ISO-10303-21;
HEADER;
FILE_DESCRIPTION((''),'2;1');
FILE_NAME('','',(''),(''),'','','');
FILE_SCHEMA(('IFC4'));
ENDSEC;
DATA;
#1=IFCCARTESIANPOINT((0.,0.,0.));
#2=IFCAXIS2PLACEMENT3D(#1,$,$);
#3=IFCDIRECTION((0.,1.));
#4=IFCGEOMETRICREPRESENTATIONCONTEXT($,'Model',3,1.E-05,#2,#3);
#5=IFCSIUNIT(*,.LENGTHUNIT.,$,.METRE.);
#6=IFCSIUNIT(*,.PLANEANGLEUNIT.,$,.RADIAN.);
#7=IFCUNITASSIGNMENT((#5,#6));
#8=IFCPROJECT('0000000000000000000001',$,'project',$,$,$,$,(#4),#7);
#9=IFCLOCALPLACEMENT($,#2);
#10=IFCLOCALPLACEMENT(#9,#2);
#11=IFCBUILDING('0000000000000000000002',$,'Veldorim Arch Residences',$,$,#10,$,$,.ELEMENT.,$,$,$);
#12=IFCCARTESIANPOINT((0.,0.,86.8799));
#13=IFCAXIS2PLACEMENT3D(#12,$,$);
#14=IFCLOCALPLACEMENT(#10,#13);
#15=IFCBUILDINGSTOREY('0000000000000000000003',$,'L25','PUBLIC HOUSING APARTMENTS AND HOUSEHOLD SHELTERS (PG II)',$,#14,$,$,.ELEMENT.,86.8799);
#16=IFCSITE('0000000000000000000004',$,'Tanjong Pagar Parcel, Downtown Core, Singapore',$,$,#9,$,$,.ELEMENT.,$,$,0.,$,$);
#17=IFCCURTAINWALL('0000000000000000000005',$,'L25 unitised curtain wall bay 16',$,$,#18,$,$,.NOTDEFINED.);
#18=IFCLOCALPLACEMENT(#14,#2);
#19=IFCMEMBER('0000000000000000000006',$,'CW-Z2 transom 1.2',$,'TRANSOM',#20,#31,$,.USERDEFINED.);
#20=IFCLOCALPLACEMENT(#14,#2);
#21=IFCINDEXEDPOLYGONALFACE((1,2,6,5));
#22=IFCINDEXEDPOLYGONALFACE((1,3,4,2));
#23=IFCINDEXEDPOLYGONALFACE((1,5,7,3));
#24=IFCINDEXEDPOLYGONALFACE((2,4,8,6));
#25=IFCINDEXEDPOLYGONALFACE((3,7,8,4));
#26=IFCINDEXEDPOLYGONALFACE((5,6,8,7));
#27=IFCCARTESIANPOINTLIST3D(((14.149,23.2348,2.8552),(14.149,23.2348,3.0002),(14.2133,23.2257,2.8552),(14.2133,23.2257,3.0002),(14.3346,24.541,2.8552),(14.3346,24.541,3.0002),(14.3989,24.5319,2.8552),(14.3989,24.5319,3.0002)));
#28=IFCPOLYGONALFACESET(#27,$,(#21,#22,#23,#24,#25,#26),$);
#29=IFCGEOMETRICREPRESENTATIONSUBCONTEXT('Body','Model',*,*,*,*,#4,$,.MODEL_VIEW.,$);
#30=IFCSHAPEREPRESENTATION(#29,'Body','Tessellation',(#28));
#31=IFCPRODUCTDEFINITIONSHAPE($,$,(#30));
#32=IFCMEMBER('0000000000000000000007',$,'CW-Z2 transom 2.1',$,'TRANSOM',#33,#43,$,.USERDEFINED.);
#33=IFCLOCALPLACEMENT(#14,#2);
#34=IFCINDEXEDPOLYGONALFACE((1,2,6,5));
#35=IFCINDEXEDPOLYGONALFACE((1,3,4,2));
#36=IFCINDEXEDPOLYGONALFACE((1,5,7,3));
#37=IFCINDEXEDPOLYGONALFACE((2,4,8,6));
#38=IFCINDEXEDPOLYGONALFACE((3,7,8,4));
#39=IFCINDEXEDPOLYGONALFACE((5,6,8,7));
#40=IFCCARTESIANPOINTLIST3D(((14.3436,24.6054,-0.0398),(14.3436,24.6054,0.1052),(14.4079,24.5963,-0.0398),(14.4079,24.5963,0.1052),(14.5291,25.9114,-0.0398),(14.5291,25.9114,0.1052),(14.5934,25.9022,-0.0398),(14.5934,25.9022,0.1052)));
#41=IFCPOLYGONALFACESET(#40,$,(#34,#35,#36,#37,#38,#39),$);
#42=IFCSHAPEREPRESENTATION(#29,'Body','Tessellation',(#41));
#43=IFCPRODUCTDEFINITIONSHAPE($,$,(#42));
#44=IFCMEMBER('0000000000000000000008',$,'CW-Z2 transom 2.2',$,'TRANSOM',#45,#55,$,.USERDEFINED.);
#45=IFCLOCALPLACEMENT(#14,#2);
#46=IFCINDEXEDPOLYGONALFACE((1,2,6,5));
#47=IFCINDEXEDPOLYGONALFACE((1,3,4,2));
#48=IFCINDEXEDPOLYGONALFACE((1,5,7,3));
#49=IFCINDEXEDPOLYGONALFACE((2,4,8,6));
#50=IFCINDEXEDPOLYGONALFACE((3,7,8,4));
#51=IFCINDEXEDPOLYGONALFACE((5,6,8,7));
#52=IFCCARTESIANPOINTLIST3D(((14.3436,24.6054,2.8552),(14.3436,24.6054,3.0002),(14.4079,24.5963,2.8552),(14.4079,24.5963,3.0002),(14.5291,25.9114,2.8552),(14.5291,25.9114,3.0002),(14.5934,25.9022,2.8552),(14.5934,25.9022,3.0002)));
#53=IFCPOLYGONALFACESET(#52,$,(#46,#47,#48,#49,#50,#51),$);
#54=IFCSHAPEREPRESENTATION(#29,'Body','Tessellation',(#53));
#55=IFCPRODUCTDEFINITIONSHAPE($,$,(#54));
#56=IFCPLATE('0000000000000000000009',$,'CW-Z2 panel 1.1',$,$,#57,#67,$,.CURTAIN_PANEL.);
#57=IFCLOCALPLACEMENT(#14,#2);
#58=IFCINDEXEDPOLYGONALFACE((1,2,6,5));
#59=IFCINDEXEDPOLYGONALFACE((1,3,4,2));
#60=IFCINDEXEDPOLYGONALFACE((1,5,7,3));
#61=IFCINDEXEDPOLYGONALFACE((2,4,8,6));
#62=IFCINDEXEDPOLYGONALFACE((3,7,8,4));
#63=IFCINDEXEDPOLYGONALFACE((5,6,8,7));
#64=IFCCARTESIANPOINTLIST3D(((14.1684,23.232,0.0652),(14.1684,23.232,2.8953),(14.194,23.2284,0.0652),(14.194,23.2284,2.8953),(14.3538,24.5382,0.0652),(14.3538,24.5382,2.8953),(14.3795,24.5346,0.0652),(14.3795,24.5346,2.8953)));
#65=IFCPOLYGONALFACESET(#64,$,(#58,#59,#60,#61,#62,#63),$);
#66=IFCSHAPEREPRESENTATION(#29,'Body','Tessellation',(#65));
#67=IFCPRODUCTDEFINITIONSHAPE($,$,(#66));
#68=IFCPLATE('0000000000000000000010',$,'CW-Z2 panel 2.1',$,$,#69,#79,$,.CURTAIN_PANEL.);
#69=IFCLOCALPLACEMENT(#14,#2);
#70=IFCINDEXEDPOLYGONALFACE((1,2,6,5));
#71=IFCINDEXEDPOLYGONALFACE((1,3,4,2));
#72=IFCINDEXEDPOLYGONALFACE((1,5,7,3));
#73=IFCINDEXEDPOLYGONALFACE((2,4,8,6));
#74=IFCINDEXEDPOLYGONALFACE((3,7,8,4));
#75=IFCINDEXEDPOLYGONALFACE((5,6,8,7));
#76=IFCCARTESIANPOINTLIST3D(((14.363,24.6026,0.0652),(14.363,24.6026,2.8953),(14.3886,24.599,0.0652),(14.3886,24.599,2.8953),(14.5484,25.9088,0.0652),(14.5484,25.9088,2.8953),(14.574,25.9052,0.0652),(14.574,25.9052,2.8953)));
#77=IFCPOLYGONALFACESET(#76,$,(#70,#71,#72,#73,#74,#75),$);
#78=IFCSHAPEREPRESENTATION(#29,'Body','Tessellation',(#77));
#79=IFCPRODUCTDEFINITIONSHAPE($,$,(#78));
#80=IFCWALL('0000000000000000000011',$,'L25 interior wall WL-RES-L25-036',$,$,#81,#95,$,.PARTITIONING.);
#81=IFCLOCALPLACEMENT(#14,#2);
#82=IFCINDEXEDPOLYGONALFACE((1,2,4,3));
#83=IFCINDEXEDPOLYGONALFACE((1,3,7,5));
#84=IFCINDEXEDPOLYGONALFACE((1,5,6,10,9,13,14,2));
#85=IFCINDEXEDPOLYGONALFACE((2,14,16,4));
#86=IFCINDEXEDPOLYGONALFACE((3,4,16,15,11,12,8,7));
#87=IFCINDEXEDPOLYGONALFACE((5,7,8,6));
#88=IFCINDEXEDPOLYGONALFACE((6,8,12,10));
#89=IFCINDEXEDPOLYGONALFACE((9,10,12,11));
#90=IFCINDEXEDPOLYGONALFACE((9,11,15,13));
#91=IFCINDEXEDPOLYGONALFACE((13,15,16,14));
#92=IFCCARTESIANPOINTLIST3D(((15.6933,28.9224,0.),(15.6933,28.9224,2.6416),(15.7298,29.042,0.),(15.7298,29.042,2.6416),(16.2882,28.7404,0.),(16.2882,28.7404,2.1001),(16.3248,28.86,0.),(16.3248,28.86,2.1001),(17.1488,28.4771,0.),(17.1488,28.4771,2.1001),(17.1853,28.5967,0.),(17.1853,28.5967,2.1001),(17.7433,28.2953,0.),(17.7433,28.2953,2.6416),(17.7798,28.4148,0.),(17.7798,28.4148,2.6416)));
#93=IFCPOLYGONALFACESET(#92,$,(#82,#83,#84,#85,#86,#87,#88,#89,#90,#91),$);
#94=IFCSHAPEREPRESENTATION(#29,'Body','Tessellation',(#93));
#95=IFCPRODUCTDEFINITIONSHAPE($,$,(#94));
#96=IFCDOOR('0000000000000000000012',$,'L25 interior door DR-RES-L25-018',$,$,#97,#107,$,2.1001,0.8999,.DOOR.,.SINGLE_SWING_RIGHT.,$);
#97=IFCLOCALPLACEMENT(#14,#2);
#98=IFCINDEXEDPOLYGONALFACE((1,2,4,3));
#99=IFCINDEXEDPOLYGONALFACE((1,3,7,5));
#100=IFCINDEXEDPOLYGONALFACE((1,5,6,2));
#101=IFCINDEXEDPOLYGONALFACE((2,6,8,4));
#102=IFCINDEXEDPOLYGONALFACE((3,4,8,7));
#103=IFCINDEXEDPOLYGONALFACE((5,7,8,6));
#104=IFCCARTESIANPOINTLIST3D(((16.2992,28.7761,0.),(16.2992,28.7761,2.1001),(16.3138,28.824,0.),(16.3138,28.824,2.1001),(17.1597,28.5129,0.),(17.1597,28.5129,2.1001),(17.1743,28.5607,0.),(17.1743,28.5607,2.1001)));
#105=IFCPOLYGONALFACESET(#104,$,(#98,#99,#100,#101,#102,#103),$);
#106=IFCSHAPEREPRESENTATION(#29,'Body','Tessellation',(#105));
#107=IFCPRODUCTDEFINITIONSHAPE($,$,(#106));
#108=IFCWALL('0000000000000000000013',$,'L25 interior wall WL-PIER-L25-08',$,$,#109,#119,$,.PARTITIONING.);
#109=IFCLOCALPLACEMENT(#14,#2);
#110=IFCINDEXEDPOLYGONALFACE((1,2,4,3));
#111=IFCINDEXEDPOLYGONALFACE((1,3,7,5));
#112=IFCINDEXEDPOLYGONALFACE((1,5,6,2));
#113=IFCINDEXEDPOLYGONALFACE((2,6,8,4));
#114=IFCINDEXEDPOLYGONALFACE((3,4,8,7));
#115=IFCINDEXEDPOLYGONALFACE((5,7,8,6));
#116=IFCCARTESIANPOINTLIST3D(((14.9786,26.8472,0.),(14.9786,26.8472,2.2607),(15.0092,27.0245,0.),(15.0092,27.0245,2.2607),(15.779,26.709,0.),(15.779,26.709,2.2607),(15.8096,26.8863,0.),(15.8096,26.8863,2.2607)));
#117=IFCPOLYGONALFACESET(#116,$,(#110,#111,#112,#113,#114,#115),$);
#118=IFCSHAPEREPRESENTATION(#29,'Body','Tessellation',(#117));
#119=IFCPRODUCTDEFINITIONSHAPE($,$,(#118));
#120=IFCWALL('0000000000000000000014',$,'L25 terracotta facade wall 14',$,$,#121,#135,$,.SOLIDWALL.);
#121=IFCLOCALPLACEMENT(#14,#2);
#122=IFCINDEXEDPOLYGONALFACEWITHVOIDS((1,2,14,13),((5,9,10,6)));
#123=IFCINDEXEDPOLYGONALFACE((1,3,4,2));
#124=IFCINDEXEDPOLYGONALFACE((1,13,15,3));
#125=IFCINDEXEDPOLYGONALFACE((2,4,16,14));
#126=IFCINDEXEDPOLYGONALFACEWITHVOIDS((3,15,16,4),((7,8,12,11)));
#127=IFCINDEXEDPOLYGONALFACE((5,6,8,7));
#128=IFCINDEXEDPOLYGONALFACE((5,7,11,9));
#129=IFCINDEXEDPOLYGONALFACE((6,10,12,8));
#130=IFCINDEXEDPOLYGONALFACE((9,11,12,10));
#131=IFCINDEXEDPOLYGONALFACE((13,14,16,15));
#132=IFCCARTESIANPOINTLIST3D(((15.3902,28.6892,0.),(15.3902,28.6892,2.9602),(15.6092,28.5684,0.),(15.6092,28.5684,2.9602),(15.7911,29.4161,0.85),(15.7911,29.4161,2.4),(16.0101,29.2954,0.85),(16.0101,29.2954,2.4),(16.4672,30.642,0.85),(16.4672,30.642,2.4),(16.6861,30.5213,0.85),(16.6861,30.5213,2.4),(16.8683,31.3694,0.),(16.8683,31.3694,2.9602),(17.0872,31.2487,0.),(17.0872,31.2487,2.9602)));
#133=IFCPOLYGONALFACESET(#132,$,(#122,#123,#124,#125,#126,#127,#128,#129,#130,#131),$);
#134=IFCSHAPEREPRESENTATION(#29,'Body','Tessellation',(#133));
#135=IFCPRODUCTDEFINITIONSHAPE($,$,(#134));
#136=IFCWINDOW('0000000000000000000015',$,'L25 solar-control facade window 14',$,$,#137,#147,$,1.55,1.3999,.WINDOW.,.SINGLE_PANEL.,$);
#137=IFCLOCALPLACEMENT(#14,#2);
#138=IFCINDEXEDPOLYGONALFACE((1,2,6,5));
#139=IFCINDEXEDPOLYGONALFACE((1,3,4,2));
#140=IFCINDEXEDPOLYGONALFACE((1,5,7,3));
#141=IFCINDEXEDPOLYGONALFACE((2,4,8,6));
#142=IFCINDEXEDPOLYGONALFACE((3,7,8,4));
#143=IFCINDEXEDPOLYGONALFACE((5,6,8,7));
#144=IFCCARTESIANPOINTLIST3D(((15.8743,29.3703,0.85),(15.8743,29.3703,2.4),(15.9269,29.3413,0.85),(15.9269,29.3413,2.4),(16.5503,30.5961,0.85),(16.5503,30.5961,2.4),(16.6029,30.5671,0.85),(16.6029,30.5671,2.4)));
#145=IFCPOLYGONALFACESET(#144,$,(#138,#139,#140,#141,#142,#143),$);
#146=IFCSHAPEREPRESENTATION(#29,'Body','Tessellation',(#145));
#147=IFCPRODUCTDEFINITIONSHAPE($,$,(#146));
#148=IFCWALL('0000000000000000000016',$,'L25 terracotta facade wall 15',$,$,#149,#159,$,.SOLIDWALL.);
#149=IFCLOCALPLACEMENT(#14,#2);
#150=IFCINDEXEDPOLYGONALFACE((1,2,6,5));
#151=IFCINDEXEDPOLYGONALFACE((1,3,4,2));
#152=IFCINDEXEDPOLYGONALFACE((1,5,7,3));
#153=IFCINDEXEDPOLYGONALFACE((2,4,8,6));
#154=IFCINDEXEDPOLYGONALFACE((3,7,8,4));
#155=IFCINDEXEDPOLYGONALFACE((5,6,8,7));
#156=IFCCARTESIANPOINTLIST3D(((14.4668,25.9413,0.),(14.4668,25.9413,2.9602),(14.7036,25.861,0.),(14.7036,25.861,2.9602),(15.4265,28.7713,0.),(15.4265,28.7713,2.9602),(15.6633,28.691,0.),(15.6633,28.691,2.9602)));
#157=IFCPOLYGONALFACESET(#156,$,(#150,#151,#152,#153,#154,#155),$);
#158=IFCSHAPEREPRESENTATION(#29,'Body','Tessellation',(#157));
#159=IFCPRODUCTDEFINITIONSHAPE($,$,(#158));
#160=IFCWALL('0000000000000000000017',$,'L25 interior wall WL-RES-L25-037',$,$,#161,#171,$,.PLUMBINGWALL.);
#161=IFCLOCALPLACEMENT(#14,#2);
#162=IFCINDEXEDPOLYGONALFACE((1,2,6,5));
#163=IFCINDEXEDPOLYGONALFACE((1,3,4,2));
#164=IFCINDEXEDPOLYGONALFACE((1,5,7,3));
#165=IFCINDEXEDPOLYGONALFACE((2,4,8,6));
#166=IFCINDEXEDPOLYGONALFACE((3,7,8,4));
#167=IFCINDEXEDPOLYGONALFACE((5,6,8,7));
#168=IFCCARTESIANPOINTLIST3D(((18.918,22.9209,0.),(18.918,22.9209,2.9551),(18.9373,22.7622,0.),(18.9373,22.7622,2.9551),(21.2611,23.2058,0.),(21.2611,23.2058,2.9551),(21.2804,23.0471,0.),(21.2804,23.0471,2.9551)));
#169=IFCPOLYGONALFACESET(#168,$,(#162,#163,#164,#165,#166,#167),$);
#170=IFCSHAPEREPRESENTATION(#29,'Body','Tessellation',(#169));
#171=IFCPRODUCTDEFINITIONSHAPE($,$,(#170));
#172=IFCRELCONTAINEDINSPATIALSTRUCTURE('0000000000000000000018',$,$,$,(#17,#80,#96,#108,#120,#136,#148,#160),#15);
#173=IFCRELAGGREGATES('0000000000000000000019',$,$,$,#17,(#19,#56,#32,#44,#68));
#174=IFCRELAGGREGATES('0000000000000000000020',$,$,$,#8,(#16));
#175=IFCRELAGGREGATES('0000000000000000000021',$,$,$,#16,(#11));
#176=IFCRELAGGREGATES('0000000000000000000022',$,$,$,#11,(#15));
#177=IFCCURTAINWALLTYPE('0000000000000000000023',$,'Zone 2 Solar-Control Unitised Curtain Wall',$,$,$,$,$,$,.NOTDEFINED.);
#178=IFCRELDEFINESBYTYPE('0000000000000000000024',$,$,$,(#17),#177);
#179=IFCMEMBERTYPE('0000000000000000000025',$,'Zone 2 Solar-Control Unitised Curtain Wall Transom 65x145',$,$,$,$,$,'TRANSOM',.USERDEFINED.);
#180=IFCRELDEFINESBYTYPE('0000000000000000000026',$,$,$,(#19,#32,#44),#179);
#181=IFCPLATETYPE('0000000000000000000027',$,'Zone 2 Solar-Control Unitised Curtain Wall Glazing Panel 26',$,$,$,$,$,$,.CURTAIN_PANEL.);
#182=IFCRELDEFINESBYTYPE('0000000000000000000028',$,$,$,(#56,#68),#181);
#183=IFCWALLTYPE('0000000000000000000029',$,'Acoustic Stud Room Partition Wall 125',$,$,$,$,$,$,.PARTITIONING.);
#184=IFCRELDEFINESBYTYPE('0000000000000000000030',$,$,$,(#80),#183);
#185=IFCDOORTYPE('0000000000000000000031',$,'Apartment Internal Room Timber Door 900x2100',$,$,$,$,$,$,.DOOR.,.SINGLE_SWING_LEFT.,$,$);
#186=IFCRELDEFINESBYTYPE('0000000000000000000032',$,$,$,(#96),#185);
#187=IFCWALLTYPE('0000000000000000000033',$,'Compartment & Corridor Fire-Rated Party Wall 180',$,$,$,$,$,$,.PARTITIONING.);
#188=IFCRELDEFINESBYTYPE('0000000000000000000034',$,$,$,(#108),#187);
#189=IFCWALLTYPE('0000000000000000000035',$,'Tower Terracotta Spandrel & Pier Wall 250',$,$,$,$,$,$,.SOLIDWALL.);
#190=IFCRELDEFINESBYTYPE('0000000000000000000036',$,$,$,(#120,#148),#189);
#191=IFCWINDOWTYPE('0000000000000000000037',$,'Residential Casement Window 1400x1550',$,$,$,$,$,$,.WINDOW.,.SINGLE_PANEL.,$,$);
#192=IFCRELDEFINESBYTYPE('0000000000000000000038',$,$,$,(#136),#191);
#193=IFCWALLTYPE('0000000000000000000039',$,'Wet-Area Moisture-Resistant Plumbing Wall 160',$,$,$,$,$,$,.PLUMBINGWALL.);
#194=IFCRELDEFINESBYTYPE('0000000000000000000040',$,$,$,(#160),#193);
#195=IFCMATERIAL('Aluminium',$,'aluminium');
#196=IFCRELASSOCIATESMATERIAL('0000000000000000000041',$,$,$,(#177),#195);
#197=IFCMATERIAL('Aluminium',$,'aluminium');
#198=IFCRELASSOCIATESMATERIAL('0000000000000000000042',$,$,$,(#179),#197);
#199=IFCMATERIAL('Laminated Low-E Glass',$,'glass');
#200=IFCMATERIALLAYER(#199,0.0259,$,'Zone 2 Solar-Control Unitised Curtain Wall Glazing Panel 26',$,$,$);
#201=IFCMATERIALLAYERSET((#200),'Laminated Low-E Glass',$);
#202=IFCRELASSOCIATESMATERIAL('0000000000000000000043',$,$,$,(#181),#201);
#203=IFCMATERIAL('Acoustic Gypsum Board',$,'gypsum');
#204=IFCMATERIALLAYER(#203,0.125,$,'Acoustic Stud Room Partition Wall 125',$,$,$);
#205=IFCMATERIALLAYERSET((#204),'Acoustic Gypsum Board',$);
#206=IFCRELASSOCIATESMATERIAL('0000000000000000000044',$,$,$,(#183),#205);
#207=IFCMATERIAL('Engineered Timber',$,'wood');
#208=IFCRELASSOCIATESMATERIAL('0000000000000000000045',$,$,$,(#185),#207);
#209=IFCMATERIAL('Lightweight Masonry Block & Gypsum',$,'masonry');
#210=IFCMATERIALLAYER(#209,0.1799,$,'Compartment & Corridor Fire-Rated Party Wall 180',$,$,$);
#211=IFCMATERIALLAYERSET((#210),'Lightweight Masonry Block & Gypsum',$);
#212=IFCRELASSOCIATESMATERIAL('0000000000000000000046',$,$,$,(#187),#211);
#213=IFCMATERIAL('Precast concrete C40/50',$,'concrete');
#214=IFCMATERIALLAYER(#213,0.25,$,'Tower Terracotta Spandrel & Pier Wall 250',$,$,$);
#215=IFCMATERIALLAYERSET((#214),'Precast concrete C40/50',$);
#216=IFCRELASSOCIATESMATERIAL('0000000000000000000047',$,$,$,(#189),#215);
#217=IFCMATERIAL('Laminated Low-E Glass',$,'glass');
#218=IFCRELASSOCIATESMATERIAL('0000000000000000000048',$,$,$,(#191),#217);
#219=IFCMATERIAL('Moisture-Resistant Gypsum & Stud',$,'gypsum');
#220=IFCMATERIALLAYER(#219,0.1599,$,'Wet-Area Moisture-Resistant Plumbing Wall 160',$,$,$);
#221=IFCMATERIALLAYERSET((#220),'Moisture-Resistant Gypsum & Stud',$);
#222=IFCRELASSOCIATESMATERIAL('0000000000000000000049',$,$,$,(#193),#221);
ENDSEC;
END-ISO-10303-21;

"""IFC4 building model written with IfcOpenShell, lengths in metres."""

from ifc_helpers import new_model, si_unit, direction, frame, frame_2d, origin, origin_2d, place, context, subcontext, project, spatial, rectangle, extrude, material, layer, layer_set, material_profile, profile_set, type_object, element, fill, aggregate, save


model = new_model("IFC4")

# Units and contexts
model_context = context("Model", 3, precision=1e-05, world=origin(), true_north=direction((0.0, 1.0)))
body_context = subcontext(model_context, "Body", "Model", "MODEL_VIEW")
ifc_project = project(units=[si_unit("LENGTHUNIT", "METRE"), si_unit("PLANEANGLEUNIT", "RADIAN")], contexts=[model_context])

# Site, building, storey
site_placement = place(None, origin())
site = spatial("IfcSite", under=ifc_project, at=site_placement, Name="Tanjong Pagar Parcel, Downtown Core, Singapore", CompositionType="ELEMENT", RefElevation=0.0)
building_placement = place(site_placement, origin())
building = spatial("IfcBuilding", under=site, at=building_placement, Name="Veldorim Arch Residences", CompositionType="ELEMENT")
storey_placement = place(building_placement, frame((0.0, 0.0, 86.8799)))
storey = spatial("IfcBuildingStorey", under=building, at=storey_placement, Name="L25", Description="PUBLIC HOUSING APARTMENTS AND HOUSEHOLD SHELTERS (PG II)", CompositionType="ELEMENT", Elevation=86.8799)

# Curtain wall, members, plates
ifc_material_1 = material(Name="Aluminium", Category="aluminium")
curtain_wall_type = type_object("IfcCurtainWallType", Name="Zone 2 Solar-Control Unitised Curtain Wall", PredefinedType="NOTDEFINED", material=ifc_material_1)
curtain_wall_placement = place(storey_placement, origin())
curtain_wall = element("IfcCurtainWall", 1, at=curtain_wall_placement, inside=storey, type_object=curtain_wall_type, Name="L25 unitised curtain wall bay 16", PredefinedType="NOTDEFINED")
ifc_material_2 = material(Name="Aluminium", Category="aluminium")
ifc_material_profile_1 = material_profile(ifc_material_2, rectangle(XDim=0.0649, YDim=0.145, at=origin_2d()), Name="ALU_TRN_65x145")
ifc_profile_set_1 = profile_set([ifc_material_profile_1], Name="Aluminium")
member_type_1 = type_object("IfcMemberType", Name="Zone 2 Solar-Control Unitised Curtain Wall Transom 65x145", ElementType="TRANSOM", PredefinedType="USERDEFINED", material=ifc_profile_set_1)
member_1_placement = place(storey_placement, frame((14.1812, 23.2302, 2.9277), z_axis=(0.140644, 0.99006, 0.0), x_axis=(-0.99006, 0.140644, 0.0)))
member_1 = element("IfcMember", 2, at=member_1_placement, type_object=member_type_1, Name="CW-Z2 transom 1.2", ObjectType="TRANSOM", PredefinedType="USERDEFINED", context=body_context, shape_type="SweptSolid", body=[
    extrude(rectangle(XDim=0.0649, YDim=0.145, at=origin_2d()), origin(), (0.0, 0.0, 1.0), 1.3193),
])
member_2_placement = place(storey_placement, frame((14.3757, 24.6008, 0.0327), z_axis=(0.14067, 0.990057, 0.0), x_axis=(-0.990057, 0.14067, 0.0)))
member_2 = element("IfcMember", 3, at=member_2_placement, type_object=member_type_1, Name="CW-Z2 transom 2.1", ObjectType="TRANSOM", PredefinedType="USERDEFINED", context=body_context, shape_type="SweptSolid", body=[
    extrude(rectangle(XDim=0.0649, YDim=0.145, at=origin_2d()), origin(), (0.0, 0.0, 1.0), 1.3191),
])
member_3_placement = place(storey_placement, frame((14.3757, 24.6008, 2.9277), z_axis=(0.14067, 0.990057, 0.0), x_axis=(-0.990057, 0.14067, 0.0)))
member_3 = element("IfcMember", 4, at=member_3_placement, type_object=member_type_1, Name="CW-Z2 transom 2.2", ObjectType="TRANSOM", PredefinedType="USERDEFINED", context=body_context, shape_type="SweptSolid", body=[
    extrude(rectangle(XDim=0.0649, YDim=0.145, at=origin_2d()), origin(), (0.0, 0.0, 1.0), 1.3191),
])
ifc_material_3 = material(Name="Laminated Low-E Glass", Category="glass")
ifc_layer_1 = layer(ifc_material_3, 0.0259, Name="Zone 2 Solar-Control Unitised Curtain Wall Glazing Panel 26")
ifc_layer_set_1 = layer_set([ifc_layer_1], Name="Laminated Low-E Glass")
plate_type = type_object("IfcPlateType", Name="Zone 2 Solar-Control Unitised Curtain Wall Glazing Panel 26", PredefinedType="CURTAIN_PANEL", material=ifc_layer_set_1)
plate_1_placement = place(storey_placement, frame((14.2739, 23.8833, 0.0652), z_axis=(0.0, 0.0, 1.0), x_axis=(0.140571, 0.990071, 0.0)))
plate_1 = element("IfcPlate", 5, at=plate_1_placement, type_object=plate_type, Name="CW-Z2 panel 1.1", PredefinedType="CURTAIN_PANEL", context=body_context, shape_type="SweptSolid", body=[
    extrude(rectangle(XDim=1.3193, YDim=0.0259, at=origin_2d()), origin(), (0.0, 0.0, 1.0), 2.8301),
])
plate_2_placement = place(storey_placement, frame((14.4685, 25.2539, 0.0652), z_axis=(0.0, 0.0, 1.0), x_axis=(0.140571, 0.990071, 0.0)))
plate_2 = element("IfcPlate", 6, at=plate_2_placement, type_object=plate_type, Name="CW-Z2 panel 2.1", PredefinedType="CURTAIN_PANEL", context=body_context, shape_type="SweptSolid", body=[
    extrude(rectangle(XDim=1.3193, YDim=0.0259, at=origin_2d()), origin(), (0.0, 0.0, 1.0), 2.8301),
])
aggregate(curtain_wall, [member_1, plate_1, member_2, member_3, plate_2])

# Wall, opening, door
ifc_material_4 = material(Name="Acoustic Gypsum Board", Category="gypsum")
ifc_layer_2 = layer(ifc_material_4, 0.125, Name="Acoustic Stud Room Partition Wall 125")
ifc_layer_set_2 = layer_set([ifc_layer_2], Name="Acoustic Gypsum Board")
wall_type_1 = type_object("IfcWallType", Name="Acoustic Stud Room Partition Wall 125", PredefinedType="PARTITIONING", material=ifc_layer_set_2)
wall_1_placement = place(storey_placement, frame((15.7117, 28.9822, 0.0), z_axis=(0.0, 0.0, 1.0), x_axis=(0.956248, -0.292557, 0.0)))
wall_1 = element("IfcWall", 7, at=wall_1_placement, inside=storey, type_object=wall_type_1, Name="L25 interior wall WL-RES-L25-036", PredefinedType="PARTITIONING", context=body_context, shape_type="SweptSolid", body=[
    extrude(rectangle(XDim=2.1438, YDim=0.125, at=frame_2d((1.0718, 0.0))), origin(), (0.0, 0.0, 1.0), 2.6416),
])
opening_1_placement = place(wall_1_placement, frame((0.6221, 0.0, 0.0)))
opening_1 = element("IfcOpeningElement", 8, at=opening_1_placement, cuts=wall_1, PredefinedType="OPENING", context=body_context, shape_type="SweptSolid", body=[
    extrude(rectangle(XDim=0.8999, YDim=2.1001, at=frame_2d((0.45, 1.05))), frame((0.0, 0.0725, 0.0), z_axis=(0.0, -1.0, 0.0), x_axis=(1.0, 0.0, 0.0)), (0.0, 0.0, 1.0), 0.145),
])
ifc_material_5 = material(Name="Engineered Timber", Category="wood")
door_type_1 = type_object("IfcDoorType", Name="Apartment Internal Room Timber Door 900x2100", OperationType="SINGLE_SWING_LEFT", PredefinedType="DOOR", material=ifc_material_5)
door_1_placement = place(opening_1_placement, origin())
door_1 = element("IfcDoor", 9, at=door_1_placement, inside=storey, type_object=door_type_1, Name="L25 interior door DR-RES-L25-018", OperationType="SINGLE_SWING_RIGHT", OverallHeight=2.1001, OverallWidth=0.8999, PredefinedType="DOOR", context=body_context, shape_type="SweptSolid", body=[
    extrude(rectangle(XDim=0.8999, YDim=2.1001, at=frame_2d((0.45, 1.05))), frame((0.0, 0.0249, 0.0), z_axis=(0.0, -1.0, 0.0), x_axis=(1.0, 0.0, 0.0)), (0.0, 0.0, 1.0), 0.05),
])
fill(opening_1, door_1)

# Wall
ifc_material_6 = material(Name="Lightweight Masonry Block & Gypsum", Category="masonry")
ifc_layer_3 = layer(ifc_material_6, 0.1799, Name="Compartment & Corridor Fire-Rated Party Wall 180")
ifc_layer_set_3 = layer_set([ifc_layer_3], Name="Lightweight Masonry Block & Gypsum")
wall_type_2 = type_object("IfcWallType", Name="Compartment & Corridor Fire-Rated Party Wall 180", PredefinedType="PARTITIONING", material=ifc_layer_set_3)
wall_2_placement = place(storey_placement, frame((15.7944, 26.7976, 0.0), z_axis=(0.0, 0.0, 1.0), x_axis=(-0.985418, 0.170149, 0.0)))
element("IfcWall", 10, at=wall_2_placement, inside=storey, type_object=wall_type_2, Name="L25 interior wall WL-PIER-L25-08", PredefinedType="PARTITIONING", context=body_context, shape_type="SweptSolid", body=[
    extrude(rectangle(XDim=0.8123, YDim=0.1799, at=frame_2d((0.4062, 0.0))), origin(), (0.0, 0.0, 1.0), 2.2607),
])

# Wall, opening, window
ifc_material_7 = material(Name="Precast concrete C40/50", Category="concrete")
ifc_layer_4 = layer(ifc_material_7, 0.25, Name="Tower Terracotta Spandrel & Pier Wall 250")
ifc_layer_set_4 = layer_set([ifc_layer_4], Name="Precast concrete C40/50")
wall_type_3 = type_object("IfcWallType", Name="Tower Terracotta Spandrel & Pier Wall 250", PredefinedType="SOLIDWALL", material=ifc_layer_set_4)
wall_3_placement = place(storey_placement, frame((15.4998, 28.6289, 0.0), z_axis=(0.0, 0.0, 1.0), x_axis=(0.482904, 0.875673, 0.0)))
wall_3 = element("IfcWall", 11, at=wall_3_placement, inside=storey, type_object=wall_type_3, Name="L25 terracotta facade wall 14", PredefinedType="SOLIDWALL", context=body_context, shape_type="SweptSolid", body=[
    extrude(rectangle(XDim=3.0608, YDim=0.25, at=frame_2d((1.5303, 0.0))), origin(), (0.0, 0.0, 1.0), 2.9602),
])
opening_2_placement = place(wall_3_placement, frame((0.8301, 0.0, 0.8501)))
opening_2 = element("IfcOpeningElement", 12, at=opening_2_placement, cuts=wall_3, PredefinedType="OPENING", context=body_context, shape_type="SweptSolid", body=[
    extrude(rectangle(XDim=1.3999, YDim=1.55, at=frame_2d((0.7, 0.7749))), frame((0.0, 0.135, 0.0), z_axis=(0.0, -1.0, 0.0), x_axis=(1.0, 0.0, 0.0)), (0.0, 0.0, 1.0), 0.27),
])
ifc_material_8 = material(Name="Laminated Low-E Glass", Category="glass")
window_type = type_object("IfcWindowType", Name="Residential Casement Window 1400x1550", PartitioningType="SINGLE_PANEL", PredefinedType="WINDOW", material=ifc_material_8)
window_placement = place(opening_2_placement, origin())
window = element("IfcWindow", 13, at=window_placement, inside=storey, type_object=window_type, Name="L25 solar-control facade window 14", OverallHeight=1.55, OverallWidth=1.3999, PartitioningType="SINGLE_PANEL", PredefinedType="WINDOW", context=body_context, shape_type="SweptSolid", body=[
    extrude(rectangle(XDim=1.3999, YDim=1.55, at=frame_2d((0.7, 0.7749))), frame((0.0, 0.03, 0.0), z_axis=(0.0, -1.0, 0.0), x_axis=(1.0, 0.0, 0.0)), (0.0, 0.0, 1.0), 0.0601),
])
fill(opening_2, window)

# Walls
wall_4_placement = place(storey_placement, frame((14.5852, 25.9011, 0.0), z_axis=(0.0, 0.0, 1.0), x_axis=(0.32115, 0.947028, 0.0)))
element("IfcWall", 14, at=wall_4_placement, inside=storey, type_object=wall_type_3, Name="L25 terracotta facade wall 15", PredefinedType="SOLIDWALL", context=body_context, shape_type="SweptSolid", body=[
    extrude(rectangle(XDim=2.9883, YDim=0.25, at=frame_2d((1.4941, 0.0))), origin(), (0.0, 0.0, 1.0), 2.9602),
])
ifc_material_9 = material(Name="Moisture-Resistant Gypsum & Stud", Category="gypsum")
ifc_layer_5 = layer(ifc_material_9, 0.1599, Name="Wet-Area Moisture-Resistant Plumbing Wall 160")
ifc_layer_set_5 = layer_set([ifc_layer_5], Name="Moisture-Resistant Gypsum & Stud")
wall_type_4 = type_object("IfcWallType", Name="Wet-Area Moisture-Resistant Plumbing Wall 160", PredefinedType="PLUMBINGWALL", material=ifc_layer_set_5)
wall_5_placement = place(storey_placement, frame((21.2708, 23.1265, 0.0), z_axis=(0.0, 0.0, 1.0), x_axis=(-0.992688, -0.120711, 0.0)))
element("IfcWall", 15, at=wall_5_placement, inside=storey, type_object=wall_type_4, Name="L25 interior wall WL-RES-L25-037", PredefinedType="PLUMBINGWALL", context=body_context, shape_type="SweptSolid", body=[
    extrude(rectangle(XDim=2.3604, YDim=0.1599, at=frame_2d((1.1802, 0.0))), origin(), (0.0, 0.0, 1.0), 2.9551),
])

save(model, "model.ifc")
